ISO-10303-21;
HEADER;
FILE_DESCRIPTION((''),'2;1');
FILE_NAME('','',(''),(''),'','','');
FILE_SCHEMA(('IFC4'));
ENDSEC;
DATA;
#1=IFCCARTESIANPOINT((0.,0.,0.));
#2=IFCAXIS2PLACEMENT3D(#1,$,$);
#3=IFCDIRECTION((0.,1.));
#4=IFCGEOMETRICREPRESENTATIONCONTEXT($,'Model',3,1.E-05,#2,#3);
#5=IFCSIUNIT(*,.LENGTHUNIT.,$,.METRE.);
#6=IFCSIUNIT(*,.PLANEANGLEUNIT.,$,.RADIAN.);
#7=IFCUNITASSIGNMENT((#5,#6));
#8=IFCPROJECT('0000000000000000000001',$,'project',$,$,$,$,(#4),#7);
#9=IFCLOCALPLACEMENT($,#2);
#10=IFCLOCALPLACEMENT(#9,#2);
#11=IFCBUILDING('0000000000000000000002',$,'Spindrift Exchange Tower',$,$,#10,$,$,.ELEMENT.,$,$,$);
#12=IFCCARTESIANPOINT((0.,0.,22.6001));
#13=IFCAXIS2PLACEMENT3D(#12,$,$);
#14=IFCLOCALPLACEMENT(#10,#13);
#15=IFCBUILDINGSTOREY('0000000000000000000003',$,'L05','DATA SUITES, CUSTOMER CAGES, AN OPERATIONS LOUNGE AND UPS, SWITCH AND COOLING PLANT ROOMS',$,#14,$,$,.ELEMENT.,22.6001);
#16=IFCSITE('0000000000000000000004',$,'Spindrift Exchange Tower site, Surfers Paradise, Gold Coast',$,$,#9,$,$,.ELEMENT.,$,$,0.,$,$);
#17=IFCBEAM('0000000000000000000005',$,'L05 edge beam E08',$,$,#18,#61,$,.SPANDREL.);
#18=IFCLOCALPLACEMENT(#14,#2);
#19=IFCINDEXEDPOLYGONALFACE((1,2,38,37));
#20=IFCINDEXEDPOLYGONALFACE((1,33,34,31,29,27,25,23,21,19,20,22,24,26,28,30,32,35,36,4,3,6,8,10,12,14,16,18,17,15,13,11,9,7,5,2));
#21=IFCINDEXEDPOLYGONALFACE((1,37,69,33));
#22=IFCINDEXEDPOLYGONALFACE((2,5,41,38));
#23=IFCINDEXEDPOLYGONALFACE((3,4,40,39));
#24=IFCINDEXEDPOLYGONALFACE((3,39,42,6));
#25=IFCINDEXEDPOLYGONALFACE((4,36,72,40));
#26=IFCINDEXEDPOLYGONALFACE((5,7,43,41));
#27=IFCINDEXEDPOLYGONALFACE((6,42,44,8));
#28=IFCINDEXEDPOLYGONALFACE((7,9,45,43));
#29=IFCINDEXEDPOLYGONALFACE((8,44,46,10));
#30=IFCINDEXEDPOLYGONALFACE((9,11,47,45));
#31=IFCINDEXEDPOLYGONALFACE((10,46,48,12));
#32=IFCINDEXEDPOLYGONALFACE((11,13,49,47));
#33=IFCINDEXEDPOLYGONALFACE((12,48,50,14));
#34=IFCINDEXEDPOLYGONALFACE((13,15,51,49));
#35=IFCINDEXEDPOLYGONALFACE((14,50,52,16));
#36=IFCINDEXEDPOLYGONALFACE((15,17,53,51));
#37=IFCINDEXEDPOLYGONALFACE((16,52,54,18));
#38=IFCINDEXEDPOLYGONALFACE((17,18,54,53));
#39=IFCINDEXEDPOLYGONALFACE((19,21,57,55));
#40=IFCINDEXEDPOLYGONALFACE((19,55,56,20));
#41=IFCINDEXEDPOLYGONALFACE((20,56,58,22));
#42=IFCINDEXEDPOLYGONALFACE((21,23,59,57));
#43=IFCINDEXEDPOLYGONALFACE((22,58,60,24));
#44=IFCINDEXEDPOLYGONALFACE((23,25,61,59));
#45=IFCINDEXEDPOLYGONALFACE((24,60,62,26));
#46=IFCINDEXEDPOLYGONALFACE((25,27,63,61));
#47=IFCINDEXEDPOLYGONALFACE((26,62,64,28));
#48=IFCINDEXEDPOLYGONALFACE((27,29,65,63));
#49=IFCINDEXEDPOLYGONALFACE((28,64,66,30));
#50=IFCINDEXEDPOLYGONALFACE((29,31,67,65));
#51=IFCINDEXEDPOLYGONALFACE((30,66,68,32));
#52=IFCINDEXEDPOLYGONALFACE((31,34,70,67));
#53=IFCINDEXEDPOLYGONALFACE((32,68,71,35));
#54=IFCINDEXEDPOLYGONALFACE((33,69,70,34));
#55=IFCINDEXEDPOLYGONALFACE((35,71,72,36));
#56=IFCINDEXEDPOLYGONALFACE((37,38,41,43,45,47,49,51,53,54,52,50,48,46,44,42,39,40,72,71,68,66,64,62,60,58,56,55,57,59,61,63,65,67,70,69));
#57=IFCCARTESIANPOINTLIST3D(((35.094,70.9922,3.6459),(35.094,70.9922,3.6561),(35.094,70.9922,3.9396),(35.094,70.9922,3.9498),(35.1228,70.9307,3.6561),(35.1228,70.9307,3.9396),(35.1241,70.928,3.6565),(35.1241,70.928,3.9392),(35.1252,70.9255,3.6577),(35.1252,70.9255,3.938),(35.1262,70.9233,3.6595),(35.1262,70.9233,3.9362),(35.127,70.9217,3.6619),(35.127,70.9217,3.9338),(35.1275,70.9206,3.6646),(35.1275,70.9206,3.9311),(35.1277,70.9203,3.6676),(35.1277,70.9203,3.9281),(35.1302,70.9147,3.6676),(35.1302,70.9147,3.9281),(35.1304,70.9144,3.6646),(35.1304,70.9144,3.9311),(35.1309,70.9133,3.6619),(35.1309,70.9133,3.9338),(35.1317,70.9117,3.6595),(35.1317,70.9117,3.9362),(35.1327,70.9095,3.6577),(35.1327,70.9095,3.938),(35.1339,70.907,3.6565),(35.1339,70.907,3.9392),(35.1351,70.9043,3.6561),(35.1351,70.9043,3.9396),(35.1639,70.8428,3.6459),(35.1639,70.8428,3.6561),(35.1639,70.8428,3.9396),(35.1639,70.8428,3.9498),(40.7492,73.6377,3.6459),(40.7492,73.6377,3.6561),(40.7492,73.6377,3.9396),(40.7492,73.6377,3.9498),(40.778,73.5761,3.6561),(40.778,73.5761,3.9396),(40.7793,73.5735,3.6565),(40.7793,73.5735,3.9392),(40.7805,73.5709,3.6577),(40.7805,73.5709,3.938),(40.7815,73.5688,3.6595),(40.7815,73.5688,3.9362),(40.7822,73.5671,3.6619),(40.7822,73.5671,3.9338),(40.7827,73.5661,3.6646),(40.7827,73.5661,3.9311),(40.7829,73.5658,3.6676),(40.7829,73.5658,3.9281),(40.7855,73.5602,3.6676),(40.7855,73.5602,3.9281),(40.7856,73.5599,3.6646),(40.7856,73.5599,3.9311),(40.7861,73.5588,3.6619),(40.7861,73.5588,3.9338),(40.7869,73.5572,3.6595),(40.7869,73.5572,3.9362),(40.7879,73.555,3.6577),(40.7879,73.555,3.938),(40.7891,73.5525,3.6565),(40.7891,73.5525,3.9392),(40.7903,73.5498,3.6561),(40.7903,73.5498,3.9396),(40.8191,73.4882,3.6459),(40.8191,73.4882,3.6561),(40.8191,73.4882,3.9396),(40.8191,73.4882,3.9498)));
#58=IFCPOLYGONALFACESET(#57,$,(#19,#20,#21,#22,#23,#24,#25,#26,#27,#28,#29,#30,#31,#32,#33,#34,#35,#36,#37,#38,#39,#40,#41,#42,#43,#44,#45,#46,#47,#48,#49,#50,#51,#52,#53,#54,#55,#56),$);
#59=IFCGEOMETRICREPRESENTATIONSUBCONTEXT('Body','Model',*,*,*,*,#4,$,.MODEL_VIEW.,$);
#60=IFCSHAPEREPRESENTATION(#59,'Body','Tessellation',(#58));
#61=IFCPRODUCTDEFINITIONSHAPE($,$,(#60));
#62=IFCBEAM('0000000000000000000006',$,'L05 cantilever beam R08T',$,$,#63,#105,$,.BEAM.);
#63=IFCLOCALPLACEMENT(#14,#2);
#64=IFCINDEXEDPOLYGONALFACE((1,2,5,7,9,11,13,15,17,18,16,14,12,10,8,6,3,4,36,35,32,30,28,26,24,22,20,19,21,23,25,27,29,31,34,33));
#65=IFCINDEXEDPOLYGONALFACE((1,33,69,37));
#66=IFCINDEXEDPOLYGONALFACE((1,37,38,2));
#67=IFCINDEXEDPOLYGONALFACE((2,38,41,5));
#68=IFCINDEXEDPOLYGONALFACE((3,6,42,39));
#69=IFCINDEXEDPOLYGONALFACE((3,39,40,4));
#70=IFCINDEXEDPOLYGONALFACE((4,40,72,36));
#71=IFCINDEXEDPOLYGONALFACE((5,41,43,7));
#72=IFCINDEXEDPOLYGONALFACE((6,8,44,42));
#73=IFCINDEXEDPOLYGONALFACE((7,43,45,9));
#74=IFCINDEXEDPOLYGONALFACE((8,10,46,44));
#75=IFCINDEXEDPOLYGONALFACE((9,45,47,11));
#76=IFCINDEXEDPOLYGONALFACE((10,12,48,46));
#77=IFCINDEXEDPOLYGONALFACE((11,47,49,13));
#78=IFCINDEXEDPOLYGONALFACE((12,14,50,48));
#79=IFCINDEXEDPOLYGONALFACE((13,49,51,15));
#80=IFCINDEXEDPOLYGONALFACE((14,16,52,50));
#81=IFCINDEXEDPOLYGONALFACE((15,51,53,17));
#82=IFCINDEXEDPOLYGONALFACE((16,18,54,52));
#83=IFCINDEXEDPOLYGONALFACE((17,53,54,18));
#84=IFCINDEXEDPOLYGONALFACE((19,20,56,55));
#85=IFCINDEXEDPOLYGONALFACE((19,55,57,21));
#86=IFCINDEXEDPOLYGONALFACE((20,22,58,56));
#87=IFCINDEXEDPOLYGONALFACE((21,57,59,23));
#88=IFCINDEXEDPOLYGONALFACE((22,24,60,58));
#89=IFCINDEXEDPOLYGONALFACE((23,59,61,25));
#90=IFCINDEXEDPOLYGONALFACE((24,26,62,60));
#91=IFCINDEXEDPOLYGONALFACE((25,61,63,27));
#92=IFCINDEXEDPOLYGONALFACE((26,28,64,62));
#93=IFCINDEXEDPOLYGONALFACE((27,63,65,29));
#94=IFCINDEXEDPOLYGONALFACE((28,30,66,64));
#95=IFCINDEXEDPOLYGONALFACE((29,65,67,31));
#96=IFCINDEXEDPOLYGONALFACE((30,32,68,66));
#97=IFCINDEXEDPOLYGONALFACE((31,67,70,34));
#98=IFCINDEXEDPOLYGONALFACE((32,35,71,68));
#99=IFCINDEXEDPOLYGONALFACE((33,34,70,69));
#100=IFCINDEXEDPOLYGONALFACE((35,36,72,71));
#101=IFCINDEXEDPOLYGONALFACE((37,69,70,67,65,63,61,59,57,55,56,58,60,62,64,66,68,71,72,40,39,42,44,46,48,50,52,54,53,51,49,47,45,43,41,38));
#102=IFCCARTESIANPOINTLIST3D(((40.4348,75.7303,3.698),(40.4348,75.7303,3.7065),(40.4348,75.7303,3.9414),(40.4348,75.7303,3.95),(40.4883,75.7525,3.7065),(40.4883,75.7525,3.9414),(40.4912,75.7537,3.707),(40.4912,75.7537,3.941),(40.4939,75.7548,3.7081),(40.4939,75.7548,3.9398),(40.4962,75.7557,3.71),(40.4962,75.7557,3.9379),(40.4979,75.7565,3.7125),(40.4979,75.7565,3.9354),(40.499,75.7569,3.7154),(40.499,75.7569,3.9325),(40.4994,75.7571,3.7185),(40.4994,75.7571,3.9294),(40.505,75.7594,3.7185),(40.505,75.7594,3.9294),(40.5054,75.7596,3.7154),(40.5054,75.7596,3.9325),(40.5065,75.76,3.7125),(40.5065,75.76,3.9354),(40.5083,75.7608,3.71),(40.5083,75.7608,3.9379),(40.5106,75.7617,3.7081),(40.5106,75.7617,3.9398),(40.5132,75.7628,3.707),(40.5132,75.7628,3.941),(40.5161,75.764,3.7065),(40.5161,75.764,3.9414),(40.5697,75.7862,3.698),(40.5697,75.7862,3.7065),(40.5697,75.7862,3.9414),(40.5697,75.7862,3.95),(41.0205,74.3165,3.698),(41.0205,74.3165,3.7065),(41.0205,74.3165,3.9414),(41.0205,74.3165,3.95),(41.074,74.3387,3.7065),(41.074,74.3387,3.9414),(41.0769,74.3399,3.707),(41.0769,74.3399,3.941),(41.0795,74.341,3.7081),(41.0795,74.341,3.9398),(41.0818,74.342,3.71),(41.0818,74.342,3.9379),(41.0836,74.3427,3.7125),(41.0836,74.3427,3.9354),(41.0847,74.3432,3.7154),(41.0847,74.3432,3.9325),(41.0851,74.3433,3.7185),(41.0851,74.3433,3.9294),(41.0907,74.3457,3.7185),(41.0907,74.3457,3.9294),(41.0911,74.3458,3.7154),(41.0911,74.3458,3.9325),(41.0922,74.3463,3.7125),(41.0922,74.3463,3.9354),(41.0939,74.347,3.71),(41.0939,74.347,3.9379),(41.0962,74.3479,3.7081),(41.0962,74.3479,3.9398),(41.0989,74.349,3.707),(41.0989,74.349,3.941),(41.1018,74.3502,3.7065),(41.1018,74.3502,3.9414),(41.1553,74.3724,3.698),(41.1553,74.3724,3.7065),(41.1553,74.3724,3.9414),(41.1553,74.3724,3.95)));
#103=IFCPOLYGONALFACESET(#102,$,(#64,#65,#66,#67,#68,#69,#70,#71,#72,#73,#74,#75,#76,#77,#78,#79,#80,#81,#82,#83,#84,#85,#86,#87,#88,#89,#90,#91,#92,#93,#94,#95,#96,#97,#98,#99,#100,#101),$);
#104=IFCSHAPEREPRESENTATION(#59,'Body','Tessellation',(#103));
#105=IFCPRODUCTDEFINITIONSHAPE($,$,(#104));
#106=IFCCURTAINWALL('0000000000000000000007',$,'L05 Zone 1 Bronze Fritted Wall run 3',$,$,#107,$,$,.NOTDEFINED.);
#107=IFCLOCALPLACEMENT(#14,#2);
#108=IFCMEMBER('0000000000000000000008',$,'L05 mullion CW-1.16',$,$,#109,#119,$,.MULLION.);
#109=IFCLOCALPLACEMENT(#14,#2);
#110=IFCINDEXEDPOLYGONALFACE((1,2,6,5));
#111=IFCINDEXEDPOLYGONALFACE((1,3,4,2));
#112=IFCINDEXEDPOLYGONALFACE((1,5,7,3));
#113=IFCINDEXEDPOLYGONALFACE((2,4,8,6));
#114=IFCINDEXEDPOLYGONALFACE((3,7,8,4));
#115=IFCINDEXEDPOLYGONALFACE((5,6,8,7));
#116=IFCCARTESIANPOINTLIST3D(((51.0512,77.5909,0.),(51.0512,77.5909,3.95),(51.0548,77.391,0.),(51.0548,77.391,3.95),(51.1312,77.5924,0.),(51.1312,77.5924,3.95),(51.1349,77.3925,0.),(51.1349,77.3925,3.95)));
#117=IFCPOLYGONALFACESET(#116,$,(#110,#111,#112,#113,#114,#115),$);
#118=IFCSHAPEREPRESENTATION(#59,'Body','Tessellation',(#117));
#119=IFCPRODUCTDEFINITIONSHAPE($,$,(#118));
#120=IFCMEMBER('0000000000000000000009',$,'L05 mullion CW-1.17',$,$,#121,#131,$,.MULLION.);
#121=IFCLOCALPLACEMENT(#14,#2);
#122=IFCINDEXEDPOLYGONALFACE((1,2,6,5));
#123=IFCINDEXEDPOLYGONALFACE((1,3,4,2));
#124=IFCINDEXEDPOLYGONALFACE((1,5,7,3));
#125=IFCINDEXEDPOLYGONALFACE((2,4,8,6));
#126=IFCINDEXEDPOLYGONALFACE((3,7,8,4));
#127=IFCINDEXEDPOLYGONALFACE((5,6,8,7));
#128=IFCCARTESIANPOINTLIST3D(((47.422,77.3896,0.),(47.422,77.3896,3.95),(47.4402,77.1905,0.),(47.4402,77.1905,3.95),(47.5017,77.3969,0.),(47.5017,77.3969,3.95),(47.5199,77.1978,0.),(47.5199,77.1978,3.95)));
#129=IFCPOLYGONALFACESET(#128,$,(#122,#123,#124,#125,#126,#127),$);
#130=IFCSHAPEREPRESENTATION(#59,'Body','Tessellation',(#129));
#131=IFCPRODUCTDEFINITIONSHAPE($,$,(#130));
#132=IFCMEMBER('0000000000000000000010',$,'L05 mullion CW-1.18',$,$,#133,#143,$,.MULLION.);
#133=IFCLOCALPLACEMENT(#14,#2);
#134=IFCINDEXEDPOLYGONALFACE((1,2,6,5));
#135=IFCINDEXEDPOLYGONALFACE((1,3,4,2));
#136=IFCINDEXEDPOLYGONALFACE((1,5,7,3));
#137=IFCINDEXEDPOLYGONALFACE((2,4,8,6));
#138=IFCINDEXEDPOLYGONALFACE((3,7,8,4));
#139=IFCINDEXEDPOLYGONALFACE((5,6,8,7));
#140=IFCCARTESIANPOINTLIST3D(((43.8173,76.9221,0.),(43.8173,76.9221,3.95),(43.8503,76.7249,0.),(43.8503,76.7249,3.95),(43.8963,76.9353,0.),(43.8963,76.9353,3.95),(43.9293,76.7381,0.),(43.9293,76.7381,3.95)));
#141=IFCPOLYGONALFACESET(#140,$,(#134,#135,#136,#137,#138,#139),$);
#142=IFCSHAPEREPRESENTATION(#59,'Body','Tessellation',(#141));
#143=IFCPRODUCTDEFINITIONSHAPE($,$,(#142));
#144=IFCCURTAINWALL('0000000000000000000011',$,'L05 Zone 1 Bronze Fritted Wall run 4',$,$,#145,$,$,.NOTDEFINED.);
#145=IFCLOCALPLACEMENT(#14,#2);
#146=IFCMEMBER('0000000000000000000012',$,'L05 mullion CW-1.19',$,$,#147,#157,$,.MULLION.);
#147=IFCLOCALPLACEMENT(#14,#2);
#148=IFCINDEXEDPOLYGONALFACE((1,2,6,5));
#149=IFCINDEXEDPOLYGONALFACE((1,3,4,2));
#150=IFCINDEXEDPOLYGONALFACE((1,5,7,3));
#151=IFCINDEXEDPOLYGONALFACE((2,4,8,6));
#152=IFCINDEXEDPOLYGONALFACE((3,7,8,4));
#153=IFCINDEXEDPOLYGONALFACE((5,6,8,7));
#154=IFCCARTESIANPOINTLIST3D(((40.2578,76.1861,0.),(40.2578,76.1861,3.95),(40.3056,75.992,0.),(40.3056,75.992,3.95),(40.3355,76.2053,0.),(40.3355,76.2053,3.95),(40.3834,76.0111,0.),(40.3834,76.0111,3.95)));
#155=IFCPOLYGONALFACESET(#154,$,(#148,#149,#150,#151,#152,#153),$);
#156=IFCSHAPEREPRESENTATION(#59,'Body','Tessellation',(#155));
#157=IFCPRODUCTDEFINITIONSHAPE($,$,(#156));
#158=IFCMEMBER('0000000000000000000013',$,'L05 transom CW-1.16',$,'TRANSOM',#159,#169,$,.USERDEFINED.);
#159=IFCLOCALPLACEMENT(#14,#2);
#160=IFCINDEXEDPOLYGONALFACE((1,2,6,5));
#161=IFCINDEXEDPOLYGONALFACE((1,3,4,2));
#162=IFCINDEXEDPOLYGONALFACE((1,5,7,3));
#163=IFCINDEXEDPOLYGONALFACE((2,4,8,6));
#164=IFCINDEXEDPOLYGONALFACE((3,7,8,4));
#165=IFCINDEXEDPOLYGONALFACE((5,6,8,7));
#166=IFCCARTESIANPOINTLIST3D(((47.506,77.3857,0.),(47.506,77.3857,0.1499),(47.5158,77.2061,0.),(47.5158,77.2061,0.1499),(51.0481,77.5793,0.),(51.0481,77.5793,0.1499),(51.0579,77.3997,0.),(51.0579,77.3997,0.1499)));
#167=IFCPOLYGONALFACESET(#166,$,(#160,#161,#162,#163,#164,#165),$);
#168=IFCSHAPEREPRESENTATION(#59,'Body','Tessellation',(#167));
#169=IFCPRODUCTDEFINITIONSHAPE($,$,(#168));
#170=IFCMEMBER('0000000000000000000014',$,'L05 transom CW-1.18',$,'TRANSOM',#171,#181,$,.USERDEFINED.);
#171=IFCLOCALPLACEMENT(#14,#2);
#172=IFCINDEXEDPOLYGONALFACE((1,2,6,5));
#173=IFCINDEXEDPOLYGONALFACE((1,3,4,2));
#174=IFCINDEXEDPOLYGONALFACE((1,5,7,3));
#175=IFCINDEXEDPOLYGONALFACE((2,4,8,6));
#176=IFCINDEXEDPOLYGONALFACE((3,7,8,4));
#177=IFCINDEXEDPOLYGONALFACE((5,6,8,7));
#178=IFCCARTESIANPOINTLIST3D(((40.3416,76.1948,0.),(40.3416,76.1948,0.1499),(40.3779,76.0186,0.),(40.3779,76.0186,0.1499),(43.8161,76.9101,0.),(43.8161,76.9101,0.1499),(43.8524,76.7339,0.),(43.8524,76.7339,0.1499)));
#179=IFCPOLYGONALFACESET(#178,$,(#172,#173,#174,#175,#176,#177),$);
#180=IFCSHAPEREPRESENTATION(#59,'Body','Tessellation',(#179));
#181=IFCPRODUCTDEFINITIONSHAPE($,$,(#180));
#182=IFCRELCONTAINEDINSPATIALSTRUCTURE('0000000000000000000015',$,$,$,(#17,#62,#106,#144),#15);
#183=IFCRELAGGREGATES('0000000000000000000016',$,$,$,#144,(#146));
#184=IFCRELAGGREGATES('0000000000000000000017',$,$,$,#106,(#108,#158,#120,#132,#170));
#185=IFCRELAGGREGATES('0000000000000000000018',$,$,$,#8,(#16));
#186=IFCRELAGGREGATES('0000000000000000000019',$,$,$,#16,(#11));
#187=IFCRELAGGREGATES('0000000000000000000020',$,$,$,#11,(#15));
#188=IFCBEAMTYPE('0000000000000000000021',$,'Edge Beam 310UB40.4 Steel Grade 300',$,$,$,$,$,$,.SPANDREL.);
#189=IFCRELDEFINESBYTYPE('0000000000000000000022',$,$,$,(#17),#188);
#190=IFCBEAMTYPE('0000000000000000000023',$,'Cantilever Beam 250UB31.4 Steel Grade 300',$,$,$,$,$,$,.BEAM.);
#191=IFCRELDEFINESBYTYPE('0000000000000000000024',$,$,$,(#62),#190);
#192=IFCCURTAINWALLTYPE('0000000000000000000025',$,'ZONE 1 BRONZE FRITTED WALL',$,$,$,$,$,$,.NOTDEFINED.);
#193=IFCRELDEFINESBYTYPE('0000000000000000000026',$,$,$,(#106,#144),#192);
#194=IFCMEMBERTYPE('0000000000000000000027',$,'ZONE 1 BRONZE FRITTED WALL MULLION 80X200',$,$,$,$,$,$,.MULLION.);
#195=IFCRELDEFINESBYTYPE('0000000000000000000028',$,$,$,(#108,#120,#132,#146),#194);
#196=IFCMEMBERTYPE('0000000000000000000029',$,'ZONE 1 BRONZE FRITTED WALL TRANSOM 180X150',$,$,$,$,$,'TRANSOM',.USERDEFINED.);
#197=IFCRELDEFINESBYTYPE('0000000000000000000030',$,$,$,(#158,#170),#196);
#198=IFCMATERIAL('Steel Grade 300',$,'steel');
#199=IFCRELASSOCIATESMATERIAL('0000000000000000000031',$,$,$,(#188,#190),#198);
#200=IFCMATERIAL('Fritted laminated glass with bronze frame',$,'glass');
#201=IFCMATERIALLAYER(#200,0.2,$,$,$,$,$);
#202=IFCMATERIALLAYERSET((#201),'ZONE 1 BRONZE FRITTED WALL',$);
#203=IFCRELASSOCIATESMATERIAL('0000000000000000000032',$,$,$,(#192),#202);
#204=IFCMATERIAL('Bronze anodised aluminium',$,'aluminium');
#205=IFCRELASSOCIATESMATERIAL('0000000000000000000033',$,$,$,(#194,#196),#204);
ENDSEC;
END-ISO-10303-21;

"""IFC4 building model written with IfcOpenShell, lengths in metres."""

from ifc_helpers import new_model, si_unit, direction, frame, origin, origin_2d, place, context, subcontext, project, spatial, rectangle, i_section, extrude, source, transform, mapped, material, layer, layer_set, material_profile, profile_set, type_object, element, aggregate, save


model = new_model("IFC4")

# Units and contexts
model_context = context("Model", 3, precision=1e-05, world=origin(), true_north=direction((0.0, 1.0)))
body_context = subcontext(model_context, "Body", "Model", "MODEL_VIEW")
ifc_project = project(units=[si_unit("LENGTHUNIT", "METRE"), si_unit("PLANEANGLEUNIT", "RADIAN")], contexts=[model_context])

# Site, building, storey
site_placement = place(None, origin())
site = spatial("IfcSite", under=ifc_project, at=site_placement, Name="Spindrift Exchange Tower site, Surfers Paradise, Gold Coast", CompositionType="ELEMENT", RefElevation=0.0)
building_placement = place(site_placement, origin())
building = spatial("IfcBuilding", under=site, at=building_placement, Name="Spindrift Exchange Tower", CompositionType="ELEMENT")
storey_placement = place(building_placement, frame((0.0, 0.0, 22.6001)))
storey = spatial("IfcBuildingStorey", under=building, at=storey_placement, Name="L05", Description="DATA SUITES, CUSTOMER CAGES, AN OPERATIONS LOUNGE AND UPS, SWITCH AND COOLING PLANT ROOMS", CompositionType="ELEMENT", Elevation=22.6001)

# Beams
ifc_material_1 = material(Name="Steel Grade 300", Category="steel")
ifc_material_profile_1 = material_profile(ifc_material_1, i_section(OverallWidth=0.165, OverallDepth=0.304, WebThickness=0.0061, FlangeThickness=0.0103, FilletRadius=0.0115, at=origin_2d()), Name="310UB40.4")
ifc_profile_set_1 = profile_set([ifc_material_profile_1], Name="Steel Grade 300")
beam_type_1 = type_object("IfcBeamType", Name="Edge Beam 310UB40.4 Steel Grade 300", PredefinedType="SPANDREL", material=ifc_profile_set_1)
shared_shape_1 = source(origin(), body_context, "Body", "SweptSolid", [
    extrude(i_section(OverallWidth=0.165, OverallDepth=0.304, WebThickness=0.0061, FlangeThickness=0.0103, FilletRadius=0.0115, at=origin_2d()), origin(), (0.0, 0.0, 1.0), 6.2434),
])
beam_1_placement = place(storey_placement, frame((40.7842, 73.563, 3.7979), z_axis=(-0.905791, -0.423724, 0.0), x_axis=(0.423724, -0.905791, 0.0)))
element("IfcBeam", 1, at=beam_1_placement, inside=storey, type_object=beam_type_1, Name="L05 edge beam E08", PredefinedType="SPANDREL", context=body_context, shape_type="MappedRepresentation", body=[
    mapped(shared_shape_1, transform((0.0, 0.0, 0.0), scale=1.0)),
])
ifc_material_profile_2 = material_profile(ifc_material_1, i_section(OverallWidth=0.146, OverallDepth=0.252, WebThickness=0.0061, FlangeThickness=0.0085, FilletRadius=0.012, at=origin_2d()), Name="250UB31.4")
ifc_profile_set_2 = profile_set([ifc_material_profile_2], Name="Steel Grade 300")
beam_type_2 = type_object("IfcBeamType", Name="Cantilever Beam 250UB31.4 Steel Grade 300", PredefinedType="BEAM", material=ifc_profile_set_2)
shared_shape_2 = source(origin(), body_context, "Body", "SweptSolid", [
    extrude(i_section(OverallWidth=0.146, OverallDepth=0.252, WebThickness=0.0061, FlangeThickness=0.0085, FilletRadius=0.012, at=origin_2d()), origin(), (0.0, 0.0, 1.0), 1.5303),
])
beam_2_placement = place(storey_placement, frame((41.0879, 74.3445, 3.824), z_axis=(-0.382723, 0.923863, 0.0), x_axis=(-0.923863, -0.382723, 0.0)))
element("IfcBeam", 2, at=beam_2_placement, inside=storey, type_object=beam_type_2, Name="L05 cantilever beam R08T", PredefinedType="BEAM", context=body_context, shape_type="MappedRepresentation", body=[
    mapped(shared_shape_2, transform((0.0, 0.0, 0.0), scale=1.0)),
])

# Curtain wall, members
ifc_material_2 = material(Name="Fritted laminated glass with bronze frame", Category="glass")
ifc_layer_1 = layer(ifc_material_2, 0.2)
ifc_layer_set_1 = layer_set([ifc_layer_1], Name="ZONE 1 BRONZE FRITTED WALL")
curtain_wall_type = type_object("IfcCurtainWallType", Name="ZONE 1 BRONZE FRITTED WALL", PredefinedType="NOTDEFINED", material=ifc_layer_set_1)
curtain_wall_1_placement = place(storey_placement, origin())
curtain_wall_1 = element("IfcCurtainWall", 3, at=curtain_wall_1_placement, inside=storey, type_object=curtain_wall_type, Name="L05 Zone 1 Bronze Fritted Wall run 3", PredefinedType="NOTDEFINED")
ifc_material_3 = material(Name="Bronze anodised aluminium", Category="aluminium")
ifc_material_profile_3 = material_profile(ifc_material_3, rectangle(XDim=0.0801, YDim=0.2, at=origin_2d()), Name="ZONE 1 BRONZE FRITTED WALL MULLION 80X200")
ifc_profile_set_3 = profile_set([ifc_material_profile_3], Name="Bronze anodised aluminium")
member_type_1 = type_object("IfcMemberType", Name="ZONE 1 BRONZE FRITTED WALL MULLION 80X200", PredefinedType="MULLION", material=ifc_profile_set_3)
shared_shape_3 = source(origin(), body_context, "Body", "SweptSolid", [
    extrude(rectangle(XDim=0.0801, YDim=0.2, at=origin_2d()), origin(), (0.0, 0.0, 1.0), 3.95),
])
member_1_placement = place(storey_placement, frame((51.093, 77.4917, 0.0), z_axis=(0.0, 0.0, 1.0), x_axis=(-0.999834, -0.018221, 0.0)))
member_1 = element("IfcMember", 4, at=member_1_placement, type_object=member_type_1, Name="L05 mullion CW-1.16", PredefinedType="MULLION", context=body_context, shape_type="MappedRepresentation", body=[
    mapped(shared_shape_3, transform((0.0, 0.0, 0.0), scale=1.0)),
])
member_2_placement = place(storey_placement, frame((47.4709, 77.2937, 0.0), z_axis=(0.0, 0.0, 1.0), x_axis=(-0.995826, -0.091271, 0.0)))
member_2 = element("IfcMember", 5, at=member_2_placement, type_object=member_type_1, Name="L05 mullion CW-1.17", PredefinedType="MULLION", context=body_context, shape_type="MappedRepresentation", body=[
    mapped(shared_shape_3, transform((0.0, 0.0, 0.0), scale=1.0)),
])
member_3_placement = place(storey_placement, frame((43.8733, 76.8301, 0.0), z_axis=(0.0, 0.0, 1.0), x_axis=(-0.986321, -0.164835, 0.0)))
member_3 = element("IfcMember", 6, at=member_3_placement, type_object=member_type_1, Name="L05 mullion CW-1.18", PredefinedType="MULLION", context=body_context, shape_type="MappedRepresentation", body=[
    mapped(shared_shape_3, transform((0.0, 0.0, 0.0), scale=1.0)),
])

# Curtain wall, member
curtain_wall_2_placement = place(storey_placement, origin())
curtain_wall_2 = element("IfcCurtainWall", 7, at=curtain_wall_2_placement, inside=storey, type_object=curtain_wall_type, Name="L05 Zone 1 Bronze Fritted Wall run 4", PredefinedType="NOTDEFINED")
member_4_placement = place(storey_placement, frame((40.3206, 76.0986, 0.0), z_axis=(0.0, 0.0, 1.0), x_axis=(-0.970954, -0.239266, 0.0)))
member_4 = element("IfcMember", 8, at=member_4_placement, type_object=member_type_1, Name="L05 mullion CW-1.19", PredefinedType="MULLION", context=body_context, shape_type="MappedRepresentation", body=[
    mapped(shared_shape_3, transform((0.0, 0.0, 0.0), scale=1.0)),
])

# Members
ifc_material_profile_4 = material_profile(ifc_material_3, rectangle(XDim=0.1799, YDim=0.1499, at=origin_2d()), Name="ZONE 1 BRONZE FRITTED WALL TRANSOM 180X150")
ifc_profile_set_4 = profile_set([ifc_material_profile_4], Name="Bronze anodised aluminium")
member_type_2 = type_object("IfcMemberType", Name="ZONE 1 BRONZE FRITTED WALL TRANSOM 180X150", ElementType="TRANSOM", PredefinedType="USERDEFINED", material=ifc_profile_set_4)
shared_shape_4 = source(origin(), body_context, "Body", "SweptSolid", [
    extrude(rectangle(XDim=0.1799, YDim=0.1499, at=origin_2d()), origin(), (0.0, 0.0, 1.0), 3.5474),
])
member_5_placement = place(storey_placement, frame((51.053, 77.4895, 0.075), z_axis=(-0.99851, -0.054578, 0.0), x_axis=(0.054578, -0.99851, 0.0)))
member_5 = element("IfcMember", 9, at=member_5_placement, type_object=member_type_2, Name="L05 transom CW-1.16", ObjectType="TRANSOM", PredefinedType="USERDEFINED", context=body_context, shape_type="MappedRepresentation", body=[
    mapped(shared_shape_4, transform((0.0, 0.0, 0.0), scale=1.0)),
])
member_6_placement = place(storey_placement, frame((43.8342, 76.822, 0.075), z_axis=(-0.979459, -0.201645, 0.0), x_axis=(0.201645, -0.979459, 0.0)))
member_6 = element("IfcMember", 10, at=member_6_placement, type_object=member_type_2, Name="L05 transom CW-1.18", ObjectType="TRANSOM", PredefinedType="USERDEFINED", context=body_context, shape_type="MappedRepresentation", body=[
    mapped(shared_shape_4, transform((0.0, 0.0, 0.0), scale=1.0)),
])
aggregate(curtain_wall_2, [member_4])

aggregate(curtain_wall_1, [member_1, member_5, member_2, member_3, member_6])

save(model, "model.ifc")
